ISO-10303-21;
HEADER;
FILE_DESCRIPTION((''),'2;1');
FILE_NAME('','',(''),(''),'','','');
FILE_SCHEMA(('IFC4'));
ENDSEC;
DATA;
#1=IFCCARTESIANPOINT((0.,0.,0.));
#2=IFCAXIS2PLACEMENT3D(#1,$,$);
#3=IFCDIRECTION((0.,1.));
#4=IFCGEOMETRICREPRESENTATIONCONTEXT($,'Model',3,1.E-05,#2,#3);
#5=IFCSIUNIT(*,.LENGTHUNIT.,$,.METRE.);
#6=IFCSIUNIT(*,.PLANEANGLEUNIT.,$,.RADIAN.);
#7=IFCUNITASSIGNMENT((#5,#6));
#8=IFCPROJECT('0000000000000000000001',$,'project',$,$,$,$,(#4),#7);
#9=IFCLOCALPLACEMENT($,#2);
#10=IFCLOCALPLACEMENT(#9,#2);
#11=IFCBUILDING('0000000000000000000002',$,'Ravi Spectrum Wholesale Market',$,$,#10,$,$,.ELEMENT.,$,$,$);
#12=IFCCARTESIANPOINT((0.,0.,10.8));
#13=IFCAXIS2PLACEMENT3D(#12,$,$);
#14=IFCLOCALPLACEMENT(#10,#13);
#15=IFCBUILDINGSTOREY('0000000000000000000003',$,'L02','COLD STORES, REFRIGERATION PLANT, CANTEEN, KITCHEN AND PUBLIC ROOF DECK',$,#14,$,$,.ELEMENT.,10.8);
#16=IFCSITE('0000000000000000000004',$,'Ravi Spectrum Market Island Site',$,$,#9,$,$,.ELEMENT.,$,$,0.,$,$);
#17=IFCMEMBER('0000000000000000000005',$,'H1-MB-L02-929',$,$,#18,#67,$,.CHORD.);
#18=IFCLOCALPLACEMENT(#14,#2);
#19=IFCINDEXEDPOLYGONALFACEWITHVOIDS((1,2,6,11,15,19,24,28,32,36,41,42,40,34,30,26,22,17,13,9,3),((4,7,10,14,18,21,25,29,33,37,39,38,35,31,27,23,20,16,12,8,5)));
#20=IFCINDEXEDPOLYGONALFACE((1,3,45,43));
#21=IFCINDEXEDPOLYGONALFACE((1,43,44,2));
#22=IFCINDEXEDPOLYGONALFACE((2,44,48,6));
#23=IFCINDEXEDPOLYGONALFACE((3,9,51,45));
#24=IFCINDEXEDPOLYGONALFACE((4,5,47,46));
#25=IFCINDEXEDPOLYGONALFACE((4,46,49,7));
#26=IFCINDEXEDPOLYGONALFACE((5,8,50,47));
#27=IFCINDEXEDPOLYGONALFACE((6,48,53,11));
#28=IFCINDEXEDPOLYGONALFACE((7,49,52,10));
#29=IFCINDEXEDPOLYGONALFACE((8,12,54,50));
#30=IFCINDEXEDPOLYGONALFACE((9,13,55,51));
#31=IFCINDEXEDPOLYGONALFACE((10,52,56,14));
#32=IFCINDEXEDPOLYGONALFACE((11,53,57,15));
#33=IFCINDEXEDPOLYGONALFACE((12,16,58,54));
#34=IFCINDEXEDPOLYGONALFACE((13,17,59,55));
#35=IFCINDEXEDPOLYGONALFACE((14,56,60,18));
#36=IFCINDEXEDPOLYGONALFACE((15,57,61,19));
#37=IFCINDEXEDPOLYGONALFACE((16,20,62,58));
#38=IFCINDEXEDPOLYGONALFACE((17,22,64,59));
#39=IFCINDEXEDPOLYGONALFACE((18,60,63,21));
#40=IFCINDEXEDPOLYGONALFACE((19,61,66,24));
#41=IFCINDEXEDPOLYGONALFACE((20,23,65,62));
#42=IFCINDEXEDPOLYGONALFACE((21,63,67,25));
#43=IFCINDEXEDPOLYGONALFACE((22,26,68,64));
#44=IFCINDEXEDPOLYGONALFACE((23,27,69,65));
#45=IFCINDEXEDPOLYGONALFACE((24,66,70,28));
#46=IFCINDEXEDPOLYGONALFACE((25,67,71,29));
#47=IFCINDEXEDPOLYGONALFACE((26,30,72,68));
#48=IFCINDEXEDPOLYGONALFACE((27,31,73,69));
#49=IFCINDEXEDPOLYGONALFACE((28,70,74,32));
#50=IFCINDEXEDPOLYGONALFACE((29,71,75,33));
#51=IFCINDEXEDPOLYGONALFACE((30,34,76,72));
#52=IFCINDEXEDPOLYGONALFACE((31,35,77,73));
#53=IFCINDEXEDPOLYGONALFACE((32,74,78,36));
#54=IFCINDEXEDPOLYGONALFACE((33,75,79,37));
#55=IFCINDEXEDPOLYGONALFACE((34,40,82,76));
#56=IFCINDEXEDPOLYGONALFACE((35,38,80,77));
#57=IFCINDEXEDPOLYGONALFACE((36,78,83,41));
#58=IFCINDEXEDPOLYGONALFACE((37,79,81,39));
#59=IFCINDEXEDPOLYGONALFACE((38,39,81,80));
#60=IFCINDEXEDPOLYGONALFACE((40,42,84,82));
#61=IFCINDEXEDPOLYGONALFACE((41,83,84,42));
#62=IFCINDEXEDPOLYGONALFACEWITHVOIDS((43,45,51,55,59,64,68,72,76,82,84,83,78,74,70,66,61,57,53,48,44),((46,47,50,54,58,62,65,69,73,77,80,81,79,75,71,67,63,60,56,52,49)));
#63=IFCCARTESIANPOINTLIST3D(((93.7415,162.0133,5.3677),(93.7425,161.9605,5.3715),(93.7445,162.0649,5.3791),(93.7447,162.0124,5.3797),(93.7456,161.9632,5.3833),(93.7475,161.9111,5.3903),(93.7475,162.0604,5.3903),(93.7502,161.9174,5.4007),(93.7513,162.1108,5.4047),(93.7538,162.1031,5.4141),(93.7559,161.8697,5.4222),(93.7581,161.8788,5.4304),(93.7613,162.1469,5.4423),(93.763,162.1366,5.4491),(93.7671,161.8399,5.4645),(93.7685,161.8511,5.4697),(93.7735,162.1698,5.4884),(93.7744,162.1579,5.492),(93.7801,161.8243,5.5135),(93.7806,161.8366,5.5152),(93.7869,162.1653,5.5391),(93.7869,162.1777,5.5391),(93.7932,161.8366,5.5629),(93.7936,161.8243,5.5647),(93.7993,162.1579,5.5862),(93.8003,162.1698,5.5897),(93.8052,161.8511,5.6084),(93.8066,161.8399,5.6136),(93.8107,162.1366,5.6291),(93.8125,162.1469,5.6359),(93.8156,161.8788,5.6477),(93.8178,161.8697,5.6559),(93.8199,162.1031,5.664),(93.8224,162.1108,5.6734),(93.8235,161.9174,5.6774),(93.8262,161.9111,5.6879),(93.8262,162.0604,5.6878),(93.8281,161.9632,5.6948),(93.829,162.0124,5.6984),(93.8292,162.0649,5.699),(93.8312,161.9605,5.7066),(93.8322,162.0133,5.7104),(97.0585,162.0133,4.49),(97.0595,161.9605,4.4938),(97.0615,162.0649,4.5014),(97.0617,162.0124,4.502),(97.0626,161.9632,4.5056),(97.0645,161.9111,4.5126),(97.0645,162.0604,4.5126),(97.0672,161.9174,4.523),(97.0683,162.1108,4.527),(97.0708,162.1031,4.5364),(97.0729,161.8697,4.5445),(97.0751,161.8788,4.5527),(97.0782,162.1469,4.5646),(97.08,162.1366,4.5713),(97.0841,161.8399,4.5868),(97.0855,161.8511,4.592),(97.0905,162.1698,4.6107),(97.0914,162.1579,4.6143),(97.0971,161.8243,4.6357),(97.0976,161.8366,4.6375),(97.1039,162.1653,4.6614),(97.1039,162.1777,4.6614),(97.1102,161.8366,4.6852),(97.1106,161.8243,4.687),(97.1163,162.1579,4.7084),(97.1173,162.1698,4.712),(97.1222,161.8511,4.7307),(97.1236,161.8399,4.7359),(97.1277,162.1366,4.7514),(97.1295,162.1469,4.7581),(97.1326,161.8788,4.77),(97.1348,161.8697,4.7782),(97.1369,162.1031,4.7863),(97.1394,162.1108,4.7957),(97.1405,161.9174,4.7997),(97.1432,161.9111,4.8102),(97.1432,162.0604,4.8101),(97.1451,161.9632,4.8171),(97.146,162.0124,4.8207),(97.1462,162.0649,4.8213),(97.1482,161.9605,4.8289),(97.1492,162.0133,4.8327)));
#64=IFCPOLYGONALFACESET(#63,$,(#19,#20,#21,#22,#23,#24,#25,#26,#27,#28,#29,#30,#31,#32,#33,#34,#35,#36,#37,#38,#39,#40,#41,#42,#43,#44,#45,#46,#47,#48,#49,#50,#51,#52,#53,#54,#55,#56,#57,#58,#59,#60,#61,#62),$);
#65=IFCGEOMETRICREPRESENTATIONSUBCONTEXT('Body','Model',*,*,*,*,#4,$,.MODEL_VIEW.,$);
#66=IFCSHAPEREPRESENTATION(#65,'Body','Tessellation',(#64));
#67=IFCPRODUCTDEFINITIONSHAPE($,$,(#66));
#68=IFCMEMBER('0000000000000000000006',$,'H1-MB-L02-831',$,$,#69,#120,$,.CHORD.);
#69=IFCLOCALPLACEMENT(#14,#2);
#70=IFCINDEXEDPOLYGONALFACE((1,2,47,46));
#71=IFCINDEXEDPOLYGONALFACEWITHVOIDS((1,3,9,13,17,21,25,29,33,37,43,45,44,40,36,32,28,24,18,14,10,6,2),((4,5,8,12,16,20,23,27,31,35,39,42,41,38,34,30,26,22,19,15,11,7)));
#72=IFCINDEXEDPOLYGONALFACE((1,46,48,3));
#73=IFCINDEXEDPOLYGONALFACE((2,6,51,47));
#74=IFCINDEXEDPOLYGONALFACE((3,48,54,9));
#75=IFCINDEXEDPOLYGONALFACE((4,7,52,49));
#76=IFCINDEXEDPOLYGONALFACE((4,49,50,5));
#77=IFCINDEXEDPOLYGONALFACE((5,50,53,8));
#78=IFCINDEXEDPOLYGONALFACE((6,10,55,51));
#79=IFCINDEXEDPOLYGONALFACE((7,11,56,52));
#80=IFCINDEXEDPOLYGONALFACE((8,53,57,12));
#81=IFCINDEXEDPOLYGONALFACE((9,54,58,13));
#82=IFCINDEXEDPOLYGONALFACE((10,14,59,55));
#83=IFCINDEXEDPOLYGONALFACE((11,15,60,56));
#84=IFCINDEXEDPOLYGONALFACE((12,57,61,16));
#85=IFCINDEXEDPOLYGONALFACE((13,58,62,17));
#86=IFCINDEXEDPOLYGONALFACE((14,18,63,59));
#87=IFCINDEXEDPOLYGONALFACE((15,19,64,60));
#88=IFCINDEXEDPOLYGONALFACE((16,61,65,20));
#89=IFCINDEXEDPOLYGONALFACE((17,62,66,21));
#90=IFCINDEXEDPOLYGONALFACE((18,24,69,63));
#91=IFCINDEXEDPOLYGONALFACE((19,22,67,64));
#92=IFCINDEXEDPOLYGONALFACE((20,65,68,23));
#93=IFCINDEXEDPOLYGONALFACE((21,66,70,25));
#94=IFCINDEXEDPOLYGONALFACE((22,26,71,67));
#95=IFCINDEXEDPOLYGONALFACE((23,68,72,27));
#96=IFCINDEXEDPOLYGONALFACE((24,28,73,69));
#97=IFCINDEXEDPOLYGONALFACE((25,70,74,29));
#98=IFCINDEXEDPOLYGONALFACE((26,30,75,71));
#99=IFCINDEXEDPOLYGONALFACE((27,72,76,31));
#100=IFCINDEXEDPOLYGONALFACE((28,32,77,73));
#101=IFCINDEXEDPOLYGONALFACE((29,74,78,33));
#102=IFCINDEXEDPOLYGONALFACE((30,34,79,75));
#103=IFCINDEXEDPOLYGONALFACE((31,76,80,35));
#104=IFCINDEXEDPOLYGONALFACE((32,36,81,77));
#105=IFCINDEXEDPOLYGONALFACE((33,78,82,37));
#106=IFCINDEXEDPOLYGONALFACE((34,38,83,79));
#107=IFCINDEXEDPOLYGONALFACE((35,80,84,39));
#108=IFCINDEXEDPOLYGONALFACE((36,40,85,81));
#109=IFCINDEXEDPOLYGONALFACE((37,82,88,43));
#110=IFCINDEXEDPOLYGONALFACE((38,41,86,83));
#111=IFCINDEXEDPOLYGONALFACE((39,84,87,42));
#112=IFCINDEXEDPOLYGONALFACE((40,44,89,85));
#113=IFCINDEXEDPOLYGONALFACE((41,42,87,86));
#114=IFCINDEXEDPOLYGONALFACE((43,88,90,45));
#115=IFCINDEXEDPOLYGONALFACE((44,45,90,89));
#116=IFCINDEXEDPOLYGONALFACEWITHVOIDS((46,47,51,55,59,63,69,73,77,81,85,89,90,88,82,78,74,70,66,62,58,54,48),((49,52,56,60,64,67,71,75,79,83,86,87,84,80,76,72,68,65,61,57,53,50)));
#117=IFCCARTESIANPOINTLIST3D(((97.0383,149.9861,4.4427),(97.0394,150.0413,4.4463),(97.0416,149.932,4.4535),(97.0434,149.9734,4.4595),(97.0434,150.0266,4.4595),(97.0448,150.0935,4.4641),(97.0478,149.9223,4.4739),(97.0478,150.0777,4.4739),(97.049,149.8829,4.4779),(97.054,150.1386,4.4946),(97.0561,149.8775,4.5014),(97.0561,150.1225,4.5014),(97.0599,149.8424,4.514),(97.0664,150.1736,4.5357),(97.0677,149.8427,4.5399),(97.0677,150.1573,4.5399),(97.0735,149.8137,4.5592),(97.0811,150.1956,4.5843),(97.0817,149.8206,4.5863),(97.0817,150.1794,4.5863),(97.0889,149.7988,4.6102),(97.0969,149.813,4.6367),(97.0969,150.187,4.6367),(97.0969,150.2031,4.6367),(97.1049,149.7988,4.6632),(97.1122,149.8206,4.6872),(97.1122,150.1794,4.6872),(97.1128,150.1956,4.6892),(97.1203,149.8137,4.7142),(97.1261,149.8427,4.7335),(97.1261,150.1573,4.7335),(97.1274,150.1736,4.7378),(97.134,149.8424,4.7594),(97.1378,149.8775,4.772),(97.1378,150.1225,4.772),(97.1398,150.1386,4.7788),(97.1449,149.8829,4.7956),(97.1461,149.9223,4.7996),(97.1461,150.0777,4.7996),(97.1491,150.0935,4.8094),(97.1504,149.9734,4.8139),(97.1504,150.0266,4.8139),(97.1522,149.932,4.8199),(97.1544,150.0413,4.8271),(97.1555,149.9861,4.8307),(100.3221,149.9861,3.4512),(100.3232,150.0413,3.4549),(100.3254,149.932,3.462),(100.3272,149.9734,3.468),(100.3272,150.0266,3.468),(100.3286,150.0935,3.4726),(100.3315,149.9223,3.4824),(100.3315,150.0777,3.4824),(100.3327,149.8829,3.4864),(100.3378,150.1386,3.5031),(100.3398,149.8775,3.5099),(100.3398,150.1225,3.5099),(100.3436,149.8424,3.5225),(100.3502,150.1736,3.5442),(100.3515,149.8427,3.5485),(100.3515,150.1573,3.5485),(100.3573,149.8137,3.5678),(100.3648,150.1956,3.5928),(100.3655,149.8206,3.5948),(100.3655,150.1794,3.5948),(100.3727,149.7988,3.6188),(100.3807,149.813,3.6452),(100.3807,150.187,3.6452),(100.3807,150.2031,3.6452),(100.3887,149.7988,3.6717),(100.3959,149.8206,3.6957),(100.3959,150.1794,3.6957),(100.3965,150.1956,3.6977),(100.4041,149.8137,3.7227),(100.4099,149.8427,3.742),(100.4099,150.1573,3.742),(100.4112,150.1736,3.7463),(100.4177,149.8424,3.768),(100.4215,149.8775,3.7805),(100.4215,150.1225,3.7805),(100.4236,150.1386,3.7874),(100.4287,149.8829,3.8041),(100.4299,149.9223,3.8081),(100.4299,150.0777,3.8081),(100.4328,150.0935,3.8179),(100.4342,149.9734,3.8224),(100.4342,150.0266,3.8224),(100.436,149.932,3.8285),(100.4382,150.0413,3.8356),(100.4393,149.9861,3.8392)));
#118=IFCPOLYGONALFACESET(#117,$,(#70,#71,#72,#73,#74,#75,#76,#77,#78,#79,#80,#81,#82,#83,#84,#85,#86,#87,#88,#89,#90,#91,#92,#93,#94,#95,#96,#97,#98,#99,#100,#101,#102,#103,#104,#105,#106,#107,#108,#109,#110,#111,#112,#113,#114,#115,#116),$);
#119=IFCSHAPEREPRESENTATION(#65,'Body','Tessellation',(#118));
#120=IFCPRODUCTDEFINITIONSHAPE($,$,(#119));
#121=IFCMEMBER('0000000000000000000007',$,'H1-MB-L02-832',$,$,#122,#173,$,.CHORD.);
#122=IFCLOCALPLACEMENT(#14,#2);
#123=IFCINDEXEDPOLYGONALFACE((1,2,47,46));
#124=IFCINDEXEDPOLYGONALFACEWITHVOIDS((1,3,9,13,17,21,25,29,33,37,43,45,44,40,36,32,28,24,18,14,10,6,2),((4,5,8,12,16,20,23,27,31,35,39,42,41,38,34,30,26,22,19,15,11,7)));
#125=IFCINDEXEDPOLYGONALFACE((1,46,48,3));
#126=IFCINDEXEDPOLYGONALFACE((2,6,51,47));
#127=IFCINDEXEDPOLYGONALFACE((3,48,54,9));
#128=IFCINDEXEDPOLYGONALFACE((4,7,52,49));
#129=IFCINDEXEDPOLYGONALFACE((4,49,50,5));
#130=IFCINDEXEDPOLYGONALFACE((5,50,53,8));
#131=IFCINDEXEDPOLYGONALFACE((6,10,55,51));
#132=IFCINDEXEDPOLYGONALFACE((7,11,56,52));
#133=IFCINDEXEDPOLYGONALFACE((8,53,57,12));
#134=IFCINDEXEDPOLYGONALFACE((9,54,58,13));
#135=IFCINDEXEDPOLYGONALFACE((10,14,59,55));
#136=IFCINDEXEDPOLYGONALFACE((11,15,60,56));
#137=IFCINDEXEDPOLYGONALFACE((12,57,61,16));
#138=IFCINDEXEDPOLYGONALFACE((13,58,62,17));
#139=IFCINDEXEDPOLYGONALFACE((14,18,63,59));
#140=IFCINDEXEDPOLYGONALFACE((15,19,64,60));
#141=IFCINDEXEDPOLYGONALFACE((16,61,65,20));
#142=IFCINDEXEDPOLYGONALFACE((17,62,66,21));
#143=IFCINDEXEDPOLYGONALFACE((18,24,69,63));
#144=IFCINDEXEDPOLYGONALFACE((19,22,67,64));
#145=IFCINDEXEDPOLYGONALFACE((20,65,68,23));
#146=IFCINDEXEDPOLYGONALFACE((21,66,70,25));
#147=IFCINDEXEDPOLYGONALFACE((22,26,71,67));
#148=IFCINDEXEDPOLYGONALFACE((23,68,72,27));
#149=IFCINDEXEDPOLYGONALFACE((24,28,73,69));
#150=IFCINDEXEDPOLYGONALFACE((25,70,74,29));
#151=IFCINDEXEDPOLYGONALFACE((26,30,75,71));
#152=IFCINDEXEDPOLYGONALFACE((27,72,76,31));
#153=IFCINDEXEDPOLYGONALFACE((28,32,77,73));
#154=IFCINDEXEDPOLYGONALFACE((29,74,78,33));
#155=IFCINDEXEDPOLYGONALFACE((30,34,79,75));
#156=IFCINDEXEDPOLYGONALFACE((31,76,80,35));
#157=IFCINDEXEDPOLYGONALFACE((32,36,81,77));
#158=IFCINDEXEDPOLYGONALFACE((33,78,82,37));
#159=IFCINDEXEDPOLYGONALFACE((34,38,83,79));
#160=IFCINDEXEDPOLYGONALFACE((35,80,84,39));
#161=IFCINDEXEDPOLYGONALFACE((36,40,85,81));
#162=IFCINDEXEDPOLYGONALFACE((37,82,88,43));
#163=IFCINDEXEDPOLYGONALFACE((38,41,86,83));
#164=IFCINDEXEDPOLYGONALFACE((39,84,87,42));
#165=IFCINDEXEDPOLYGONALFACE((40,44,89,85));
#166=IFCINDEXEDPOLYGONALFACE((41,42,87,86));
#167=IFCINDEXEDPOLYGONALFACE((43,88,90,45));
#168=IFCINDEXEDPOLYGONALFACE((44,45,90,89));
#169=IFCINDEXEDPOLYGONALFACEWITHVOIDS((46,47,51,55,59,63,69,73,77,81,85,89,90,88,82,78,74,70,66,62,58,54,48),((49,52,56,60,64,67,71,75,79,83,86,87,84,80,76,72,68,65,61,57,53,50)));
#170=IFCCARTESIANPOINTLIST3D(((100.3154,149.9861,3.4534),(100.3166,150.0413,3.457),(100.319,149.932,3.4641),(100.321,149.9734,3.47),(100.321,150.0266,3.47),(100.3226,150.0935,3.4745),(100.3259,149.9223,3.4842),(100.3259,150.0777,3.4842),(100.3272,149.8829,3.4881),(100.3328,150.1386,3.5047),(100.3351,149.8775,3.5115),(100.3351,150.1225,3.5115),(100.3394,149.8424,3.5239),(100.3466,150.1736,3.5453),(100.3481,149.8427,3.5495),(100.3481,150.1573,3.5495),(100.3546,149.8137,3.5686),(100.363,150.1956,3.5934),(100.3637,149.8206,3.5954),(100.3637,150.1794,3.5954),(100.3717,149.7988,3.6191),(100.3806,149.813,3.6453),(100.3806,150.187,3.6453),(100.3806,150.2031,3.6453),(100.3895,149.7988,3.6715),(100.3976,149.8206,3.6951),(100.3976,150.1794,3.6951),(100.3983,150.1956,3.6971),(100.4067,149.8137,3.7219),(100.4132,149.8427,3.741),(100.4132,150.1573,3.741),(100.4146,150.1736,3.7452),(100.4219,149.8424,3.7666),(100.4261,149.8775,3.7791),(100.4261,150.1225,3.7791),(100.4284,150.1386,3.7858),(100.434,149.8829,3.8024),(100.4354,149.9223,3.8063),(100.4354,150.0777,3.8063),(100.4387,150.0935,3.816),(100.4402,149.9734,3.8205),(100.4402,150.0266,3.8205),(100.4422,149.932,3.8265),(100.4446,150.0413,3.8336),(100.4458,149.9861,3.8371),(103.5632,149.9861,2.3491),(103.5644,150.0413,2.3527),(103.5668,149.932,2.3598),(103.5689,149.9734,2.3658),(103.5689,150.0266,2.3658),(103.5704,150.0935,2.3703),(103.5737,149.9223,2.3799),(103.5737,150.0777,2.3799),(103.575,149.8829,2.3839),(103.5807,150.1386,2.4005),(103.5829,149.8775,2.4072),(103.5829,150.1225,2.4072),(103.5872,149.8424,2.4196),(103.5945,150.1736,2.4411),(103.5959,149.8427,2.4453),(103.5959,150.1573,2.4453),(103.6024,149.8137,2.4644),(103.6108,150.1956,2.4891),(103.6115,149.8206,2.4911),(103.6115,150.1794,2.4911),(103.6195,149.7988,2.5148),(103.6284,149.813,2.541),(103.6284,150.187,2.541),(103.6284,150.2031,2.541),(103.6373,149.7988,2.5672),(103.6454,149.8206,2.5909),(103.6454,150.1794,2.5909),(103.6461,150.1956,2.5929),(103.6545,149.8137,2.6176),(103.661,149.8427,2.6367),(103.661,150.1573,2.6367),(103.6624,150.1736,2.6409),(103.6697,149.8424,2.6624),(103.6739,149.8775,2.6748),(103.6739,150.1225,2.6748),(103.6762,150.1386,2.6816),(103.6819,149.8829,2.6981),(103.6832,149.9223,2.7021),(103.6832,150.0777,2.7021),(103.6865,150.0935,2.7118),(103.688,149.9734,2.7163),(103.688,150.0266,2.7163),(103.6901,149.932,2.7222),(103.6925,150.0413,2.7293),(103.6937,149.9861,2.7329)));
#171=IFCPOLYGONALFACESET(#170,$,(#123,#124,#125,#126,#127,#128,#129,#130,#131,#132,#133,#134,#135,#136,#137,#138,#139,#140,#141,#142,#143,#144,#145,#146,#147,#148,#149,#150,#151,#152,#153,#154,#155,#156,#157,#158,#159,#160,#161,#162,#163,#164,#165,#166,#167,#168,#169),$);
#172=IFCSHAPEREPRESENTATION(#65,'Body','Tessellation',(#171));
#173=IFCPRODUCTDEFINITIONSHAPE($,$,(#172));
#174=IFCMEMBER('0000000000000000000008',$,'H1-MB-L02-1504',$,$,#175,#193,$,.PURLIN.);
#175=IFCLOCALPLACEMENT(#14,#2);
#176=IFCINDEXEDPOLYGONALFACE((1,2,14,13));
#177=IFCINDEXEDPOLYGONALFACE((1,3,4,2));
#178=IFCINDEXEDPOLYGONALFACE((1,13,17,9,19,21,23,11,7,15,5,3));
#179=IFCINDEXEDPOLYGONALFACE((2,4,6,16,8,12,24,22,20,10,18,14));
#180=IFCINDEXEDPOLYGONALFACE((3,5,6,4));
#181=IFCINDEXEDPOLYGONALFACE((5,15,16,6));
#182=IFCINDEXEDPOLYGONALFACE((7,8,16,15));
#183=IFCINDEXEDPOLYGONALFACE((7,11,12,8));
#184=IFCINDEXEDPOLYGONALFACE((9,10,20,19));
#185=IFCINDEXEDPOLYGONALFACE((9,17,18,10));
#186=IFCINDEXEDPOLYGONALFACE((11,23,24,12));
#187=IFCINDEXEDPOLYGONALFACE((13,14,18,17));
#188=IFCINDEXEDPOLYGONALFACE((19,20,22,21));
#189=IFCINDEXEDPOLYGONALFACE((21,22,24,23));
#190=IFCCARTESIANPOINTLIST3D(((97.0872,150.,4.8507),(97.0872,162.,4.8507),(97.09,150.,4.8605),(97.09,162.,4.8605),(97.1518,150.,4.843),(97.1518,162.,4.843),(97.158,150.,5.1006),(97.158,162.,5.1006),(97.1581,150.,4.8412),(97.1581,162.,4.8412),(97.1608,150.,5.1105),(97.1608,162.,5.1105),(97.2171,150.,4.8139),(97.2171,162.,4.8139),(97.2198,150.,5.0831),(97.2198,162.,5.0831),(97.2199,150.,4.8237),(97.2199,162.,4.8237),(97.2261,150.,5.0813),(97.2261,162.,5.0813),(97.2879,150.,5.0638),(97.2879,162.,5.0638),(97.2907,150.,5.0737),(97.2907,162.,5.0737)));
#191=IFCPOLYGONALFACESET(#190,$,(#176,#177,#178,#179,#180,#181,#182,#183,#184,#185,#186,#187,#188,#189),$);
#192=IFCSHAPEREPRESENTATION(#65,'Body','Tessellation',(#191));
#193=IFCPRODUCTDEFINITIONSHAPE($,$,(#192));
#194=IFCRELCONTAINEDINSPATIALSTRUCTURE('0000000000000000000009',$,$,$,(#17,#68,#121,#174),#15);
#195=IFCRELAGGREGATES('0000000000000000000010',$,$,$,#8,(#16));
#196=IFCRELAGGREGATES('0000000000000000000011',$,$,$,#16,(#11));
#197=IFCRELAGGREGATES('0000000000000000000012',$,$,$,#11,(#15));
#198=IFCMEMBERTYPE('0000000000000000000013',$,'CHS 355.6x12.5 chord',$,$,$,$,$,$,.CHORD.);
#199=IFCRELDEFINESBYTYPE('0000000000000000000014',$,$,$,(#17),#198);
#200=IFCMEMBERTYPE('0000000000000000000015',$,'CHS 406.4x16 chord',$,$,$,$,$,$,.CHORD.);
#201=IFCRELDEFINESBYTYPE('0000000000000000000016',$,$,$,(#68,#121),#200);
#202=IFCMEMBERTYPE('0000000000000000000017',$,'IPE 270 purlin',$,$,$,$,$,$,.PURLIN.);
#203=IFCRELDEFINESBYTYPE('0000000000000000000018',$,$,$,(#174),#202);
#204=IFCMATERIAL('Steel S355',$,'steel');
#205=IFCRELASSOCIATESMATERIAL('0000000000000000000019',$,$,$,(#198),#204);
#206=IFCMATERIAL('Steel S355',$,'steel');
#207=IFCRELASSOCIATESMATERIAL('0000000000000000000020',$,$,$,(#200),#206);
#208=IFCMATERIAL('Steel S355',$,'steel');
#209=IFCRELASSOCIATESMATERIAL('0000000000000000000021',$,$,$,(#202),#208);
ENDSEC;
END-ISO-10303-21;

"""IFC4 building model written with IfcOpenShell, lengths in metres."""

from ifc_helpers import new_model, si_unit, direction, frame, origin, origin_2d, place, context, subcontext, project, spatial, hollow_circle, i_section, extrude, material, material_profile, profile_set, type_object, element, save


model = new_model("IFC4")

# Units and contexts
model_context = context("Model", 3, precision=1e-05, world=origin(), true_north=direction((0.0, 1.0)))
body_context = subcontext(model_context, "Body", "Model", "MODEL_VIEW")
ifc_project = project(units=[si_unit("LENGTHUNIT", "METRE"), si_unit("PLANEANGLEUNIT", "RADIAN")], contexts=[model_context])

# Site, building, storey
site_placement = place(None, origin())
site = spatial("IfcSite", under=ifc_project, at=site_placement, Name="Ravi Spectrum Market Island Site", CompositionType="ELEMENT", RefElevation=0.0)
building_placement = place(site_placement, origin())
building = spatial("IfcBuilding", under=site, at=building_placement, Name="Ravi Spectrum Wholesale Market", CompositionType="ELEMENT")
storey_placement = place(building_placement, frame((0.0, 0.0, 10.8)))
storey = spatial("IfcBuildingStorey", under=building, at=storey_placement, Name="L02", Description="COLD STORES, REFRIGERATION PLANT, CANTEEN, KITCHEN AND PUBLIC ROOF DECK", CompositionType="ELEMENT", Elevation=10.8)

# Members
ifc_material_1 = material(Name="Steel S355", Category="steel")
ifc_material_profile_1 = material_profile(ifc_material_1, hollow_circle(Radius=0.1777, WallThickness=0.0125, at=origin_2d()))
ifc_profile_set_1 = profile_set([ifc_material_profile_1], Name="Steel S355")
member_type_1 = type_object("IfcMemberType", Name="CHS 355.6x12.5 chord", PredefinedType="CHORD", material=ifc_profile_set_1)
member_1_placement = place(storey_placement, frame((93.7869, 162.0, 5.5391), z_axis=(0.966728, 0.0, -0.255807), x_axis=(0.0, 1.0, 0.0)))
element("IfcMember", 1, at=member_1_placement, inside=storey, type_object=member_type_1, Name="H1-MB-L02-929", PredefinedType="CHORD", context=body_context, shape_type="SweptSolid", body=[
    extrude(hollow_circle(Radius=0.1777, WallThickness=0.0125, at=origin_2d()), origin(), (0.0, 0.0, 1.0), 3.4312),
])
ifc_material_2 = material(Name="Steel S355", Category="steel")
ifc_material_profile_2 = material_profile(ifc_material_2, hollow_circle(Radius=0.2031, WallThickness=0.0161, at=origin_2d()))
ifc_profile_set_2 = profile_set([ifc_material_profile_2], Name="Steel S355")
member_type_2 = type_object("IfcMemberType", Name="CHS 406.4x16 chord", PredefinedType="CHORD", material=ifc_profile_set_2)
member_2_placement = place(storey_placement, frame((97.0969, 150.0, 4.6367), z_axis=(0.957315, 0.0, -0.289045), x_axis=(0.0, 1.0, 0.0)))
element("IfcMember", 2, at=member_2_placement, inside=storey, type_object=member_type_2, Name="H1-MB-L02-831", PredefinedType="CHORD", context=body_context, shape_type="SweptSolid", body=[
    extrude(hollow_circle(Radius=0.2031, WallThickness=0.0161, at=origin_2d()), origin(), (0.0, 0.0, 1.0), 3.4302),
])
member_3_placement = place(storey_placement, frame((100.3806, 150.0, 3.6453), z_axis=(0.946773, 0.0, -0.321901), x_axis=(0.0, 1.0, 0.0)))
element("IfcMember", 3, at=member_3_placement, inside=storey, type_object=member_type_2, Name="H1-MB-L02-832", PredefinedType="CHORD", context=body_context, shape_type="SweptSolid", body=[
    extrude(hollow_circle(Radius=0.2031, WallThickness=0.0161, at=origin_2d()), origin(), (0.0, 0.0, 1.0), 3.4304),
])
ifc_material_3 = material(Name="Steel S355", Category="steel")
ifc_material_profile_3 = material_profile(ifc_material_3, i_section(OverallWidth=0.135, OverallDepth=0.27, WebThickness=0.0066, FlangeThickness=0.0103, at=origin_2d()))
ifc_profile_set_3 = profile_set([ifc_material_profile_3], Name="Steel S355")
member_type_3 = type_object("IfcMemberType", Name="IPE 270 purlin", PredefinedType="PURLIN", material=ifc_profile_set_3)
for number, where, z_axis, x_axis, name in (
    (4, (97.189, 150.0, 4.9622), (0.0, 1.0, 0.0), (-0.962156, 0.0, 0.272499), "H1-MB-L02-1504"),
):
    element("IfcMember", number, at=place(storey_placement, frame(where, z_axis=z_axis, x_axis=x_axis)), inside=storey, type_object=member_type_3, Name=name, PredefinedType="PURLIN", context=body_context, shape_type="SweptSolid", body=[
        extrude(i_section(OverallWidth=0.135, OverallDepth=0.27, WebThickness=0.0066, FlangeThickness=0.0103, at=origin_2d()), origin(), (0.0, 0.0, 1.0), 12.0),
    ])

save(model, "model.ifc")
